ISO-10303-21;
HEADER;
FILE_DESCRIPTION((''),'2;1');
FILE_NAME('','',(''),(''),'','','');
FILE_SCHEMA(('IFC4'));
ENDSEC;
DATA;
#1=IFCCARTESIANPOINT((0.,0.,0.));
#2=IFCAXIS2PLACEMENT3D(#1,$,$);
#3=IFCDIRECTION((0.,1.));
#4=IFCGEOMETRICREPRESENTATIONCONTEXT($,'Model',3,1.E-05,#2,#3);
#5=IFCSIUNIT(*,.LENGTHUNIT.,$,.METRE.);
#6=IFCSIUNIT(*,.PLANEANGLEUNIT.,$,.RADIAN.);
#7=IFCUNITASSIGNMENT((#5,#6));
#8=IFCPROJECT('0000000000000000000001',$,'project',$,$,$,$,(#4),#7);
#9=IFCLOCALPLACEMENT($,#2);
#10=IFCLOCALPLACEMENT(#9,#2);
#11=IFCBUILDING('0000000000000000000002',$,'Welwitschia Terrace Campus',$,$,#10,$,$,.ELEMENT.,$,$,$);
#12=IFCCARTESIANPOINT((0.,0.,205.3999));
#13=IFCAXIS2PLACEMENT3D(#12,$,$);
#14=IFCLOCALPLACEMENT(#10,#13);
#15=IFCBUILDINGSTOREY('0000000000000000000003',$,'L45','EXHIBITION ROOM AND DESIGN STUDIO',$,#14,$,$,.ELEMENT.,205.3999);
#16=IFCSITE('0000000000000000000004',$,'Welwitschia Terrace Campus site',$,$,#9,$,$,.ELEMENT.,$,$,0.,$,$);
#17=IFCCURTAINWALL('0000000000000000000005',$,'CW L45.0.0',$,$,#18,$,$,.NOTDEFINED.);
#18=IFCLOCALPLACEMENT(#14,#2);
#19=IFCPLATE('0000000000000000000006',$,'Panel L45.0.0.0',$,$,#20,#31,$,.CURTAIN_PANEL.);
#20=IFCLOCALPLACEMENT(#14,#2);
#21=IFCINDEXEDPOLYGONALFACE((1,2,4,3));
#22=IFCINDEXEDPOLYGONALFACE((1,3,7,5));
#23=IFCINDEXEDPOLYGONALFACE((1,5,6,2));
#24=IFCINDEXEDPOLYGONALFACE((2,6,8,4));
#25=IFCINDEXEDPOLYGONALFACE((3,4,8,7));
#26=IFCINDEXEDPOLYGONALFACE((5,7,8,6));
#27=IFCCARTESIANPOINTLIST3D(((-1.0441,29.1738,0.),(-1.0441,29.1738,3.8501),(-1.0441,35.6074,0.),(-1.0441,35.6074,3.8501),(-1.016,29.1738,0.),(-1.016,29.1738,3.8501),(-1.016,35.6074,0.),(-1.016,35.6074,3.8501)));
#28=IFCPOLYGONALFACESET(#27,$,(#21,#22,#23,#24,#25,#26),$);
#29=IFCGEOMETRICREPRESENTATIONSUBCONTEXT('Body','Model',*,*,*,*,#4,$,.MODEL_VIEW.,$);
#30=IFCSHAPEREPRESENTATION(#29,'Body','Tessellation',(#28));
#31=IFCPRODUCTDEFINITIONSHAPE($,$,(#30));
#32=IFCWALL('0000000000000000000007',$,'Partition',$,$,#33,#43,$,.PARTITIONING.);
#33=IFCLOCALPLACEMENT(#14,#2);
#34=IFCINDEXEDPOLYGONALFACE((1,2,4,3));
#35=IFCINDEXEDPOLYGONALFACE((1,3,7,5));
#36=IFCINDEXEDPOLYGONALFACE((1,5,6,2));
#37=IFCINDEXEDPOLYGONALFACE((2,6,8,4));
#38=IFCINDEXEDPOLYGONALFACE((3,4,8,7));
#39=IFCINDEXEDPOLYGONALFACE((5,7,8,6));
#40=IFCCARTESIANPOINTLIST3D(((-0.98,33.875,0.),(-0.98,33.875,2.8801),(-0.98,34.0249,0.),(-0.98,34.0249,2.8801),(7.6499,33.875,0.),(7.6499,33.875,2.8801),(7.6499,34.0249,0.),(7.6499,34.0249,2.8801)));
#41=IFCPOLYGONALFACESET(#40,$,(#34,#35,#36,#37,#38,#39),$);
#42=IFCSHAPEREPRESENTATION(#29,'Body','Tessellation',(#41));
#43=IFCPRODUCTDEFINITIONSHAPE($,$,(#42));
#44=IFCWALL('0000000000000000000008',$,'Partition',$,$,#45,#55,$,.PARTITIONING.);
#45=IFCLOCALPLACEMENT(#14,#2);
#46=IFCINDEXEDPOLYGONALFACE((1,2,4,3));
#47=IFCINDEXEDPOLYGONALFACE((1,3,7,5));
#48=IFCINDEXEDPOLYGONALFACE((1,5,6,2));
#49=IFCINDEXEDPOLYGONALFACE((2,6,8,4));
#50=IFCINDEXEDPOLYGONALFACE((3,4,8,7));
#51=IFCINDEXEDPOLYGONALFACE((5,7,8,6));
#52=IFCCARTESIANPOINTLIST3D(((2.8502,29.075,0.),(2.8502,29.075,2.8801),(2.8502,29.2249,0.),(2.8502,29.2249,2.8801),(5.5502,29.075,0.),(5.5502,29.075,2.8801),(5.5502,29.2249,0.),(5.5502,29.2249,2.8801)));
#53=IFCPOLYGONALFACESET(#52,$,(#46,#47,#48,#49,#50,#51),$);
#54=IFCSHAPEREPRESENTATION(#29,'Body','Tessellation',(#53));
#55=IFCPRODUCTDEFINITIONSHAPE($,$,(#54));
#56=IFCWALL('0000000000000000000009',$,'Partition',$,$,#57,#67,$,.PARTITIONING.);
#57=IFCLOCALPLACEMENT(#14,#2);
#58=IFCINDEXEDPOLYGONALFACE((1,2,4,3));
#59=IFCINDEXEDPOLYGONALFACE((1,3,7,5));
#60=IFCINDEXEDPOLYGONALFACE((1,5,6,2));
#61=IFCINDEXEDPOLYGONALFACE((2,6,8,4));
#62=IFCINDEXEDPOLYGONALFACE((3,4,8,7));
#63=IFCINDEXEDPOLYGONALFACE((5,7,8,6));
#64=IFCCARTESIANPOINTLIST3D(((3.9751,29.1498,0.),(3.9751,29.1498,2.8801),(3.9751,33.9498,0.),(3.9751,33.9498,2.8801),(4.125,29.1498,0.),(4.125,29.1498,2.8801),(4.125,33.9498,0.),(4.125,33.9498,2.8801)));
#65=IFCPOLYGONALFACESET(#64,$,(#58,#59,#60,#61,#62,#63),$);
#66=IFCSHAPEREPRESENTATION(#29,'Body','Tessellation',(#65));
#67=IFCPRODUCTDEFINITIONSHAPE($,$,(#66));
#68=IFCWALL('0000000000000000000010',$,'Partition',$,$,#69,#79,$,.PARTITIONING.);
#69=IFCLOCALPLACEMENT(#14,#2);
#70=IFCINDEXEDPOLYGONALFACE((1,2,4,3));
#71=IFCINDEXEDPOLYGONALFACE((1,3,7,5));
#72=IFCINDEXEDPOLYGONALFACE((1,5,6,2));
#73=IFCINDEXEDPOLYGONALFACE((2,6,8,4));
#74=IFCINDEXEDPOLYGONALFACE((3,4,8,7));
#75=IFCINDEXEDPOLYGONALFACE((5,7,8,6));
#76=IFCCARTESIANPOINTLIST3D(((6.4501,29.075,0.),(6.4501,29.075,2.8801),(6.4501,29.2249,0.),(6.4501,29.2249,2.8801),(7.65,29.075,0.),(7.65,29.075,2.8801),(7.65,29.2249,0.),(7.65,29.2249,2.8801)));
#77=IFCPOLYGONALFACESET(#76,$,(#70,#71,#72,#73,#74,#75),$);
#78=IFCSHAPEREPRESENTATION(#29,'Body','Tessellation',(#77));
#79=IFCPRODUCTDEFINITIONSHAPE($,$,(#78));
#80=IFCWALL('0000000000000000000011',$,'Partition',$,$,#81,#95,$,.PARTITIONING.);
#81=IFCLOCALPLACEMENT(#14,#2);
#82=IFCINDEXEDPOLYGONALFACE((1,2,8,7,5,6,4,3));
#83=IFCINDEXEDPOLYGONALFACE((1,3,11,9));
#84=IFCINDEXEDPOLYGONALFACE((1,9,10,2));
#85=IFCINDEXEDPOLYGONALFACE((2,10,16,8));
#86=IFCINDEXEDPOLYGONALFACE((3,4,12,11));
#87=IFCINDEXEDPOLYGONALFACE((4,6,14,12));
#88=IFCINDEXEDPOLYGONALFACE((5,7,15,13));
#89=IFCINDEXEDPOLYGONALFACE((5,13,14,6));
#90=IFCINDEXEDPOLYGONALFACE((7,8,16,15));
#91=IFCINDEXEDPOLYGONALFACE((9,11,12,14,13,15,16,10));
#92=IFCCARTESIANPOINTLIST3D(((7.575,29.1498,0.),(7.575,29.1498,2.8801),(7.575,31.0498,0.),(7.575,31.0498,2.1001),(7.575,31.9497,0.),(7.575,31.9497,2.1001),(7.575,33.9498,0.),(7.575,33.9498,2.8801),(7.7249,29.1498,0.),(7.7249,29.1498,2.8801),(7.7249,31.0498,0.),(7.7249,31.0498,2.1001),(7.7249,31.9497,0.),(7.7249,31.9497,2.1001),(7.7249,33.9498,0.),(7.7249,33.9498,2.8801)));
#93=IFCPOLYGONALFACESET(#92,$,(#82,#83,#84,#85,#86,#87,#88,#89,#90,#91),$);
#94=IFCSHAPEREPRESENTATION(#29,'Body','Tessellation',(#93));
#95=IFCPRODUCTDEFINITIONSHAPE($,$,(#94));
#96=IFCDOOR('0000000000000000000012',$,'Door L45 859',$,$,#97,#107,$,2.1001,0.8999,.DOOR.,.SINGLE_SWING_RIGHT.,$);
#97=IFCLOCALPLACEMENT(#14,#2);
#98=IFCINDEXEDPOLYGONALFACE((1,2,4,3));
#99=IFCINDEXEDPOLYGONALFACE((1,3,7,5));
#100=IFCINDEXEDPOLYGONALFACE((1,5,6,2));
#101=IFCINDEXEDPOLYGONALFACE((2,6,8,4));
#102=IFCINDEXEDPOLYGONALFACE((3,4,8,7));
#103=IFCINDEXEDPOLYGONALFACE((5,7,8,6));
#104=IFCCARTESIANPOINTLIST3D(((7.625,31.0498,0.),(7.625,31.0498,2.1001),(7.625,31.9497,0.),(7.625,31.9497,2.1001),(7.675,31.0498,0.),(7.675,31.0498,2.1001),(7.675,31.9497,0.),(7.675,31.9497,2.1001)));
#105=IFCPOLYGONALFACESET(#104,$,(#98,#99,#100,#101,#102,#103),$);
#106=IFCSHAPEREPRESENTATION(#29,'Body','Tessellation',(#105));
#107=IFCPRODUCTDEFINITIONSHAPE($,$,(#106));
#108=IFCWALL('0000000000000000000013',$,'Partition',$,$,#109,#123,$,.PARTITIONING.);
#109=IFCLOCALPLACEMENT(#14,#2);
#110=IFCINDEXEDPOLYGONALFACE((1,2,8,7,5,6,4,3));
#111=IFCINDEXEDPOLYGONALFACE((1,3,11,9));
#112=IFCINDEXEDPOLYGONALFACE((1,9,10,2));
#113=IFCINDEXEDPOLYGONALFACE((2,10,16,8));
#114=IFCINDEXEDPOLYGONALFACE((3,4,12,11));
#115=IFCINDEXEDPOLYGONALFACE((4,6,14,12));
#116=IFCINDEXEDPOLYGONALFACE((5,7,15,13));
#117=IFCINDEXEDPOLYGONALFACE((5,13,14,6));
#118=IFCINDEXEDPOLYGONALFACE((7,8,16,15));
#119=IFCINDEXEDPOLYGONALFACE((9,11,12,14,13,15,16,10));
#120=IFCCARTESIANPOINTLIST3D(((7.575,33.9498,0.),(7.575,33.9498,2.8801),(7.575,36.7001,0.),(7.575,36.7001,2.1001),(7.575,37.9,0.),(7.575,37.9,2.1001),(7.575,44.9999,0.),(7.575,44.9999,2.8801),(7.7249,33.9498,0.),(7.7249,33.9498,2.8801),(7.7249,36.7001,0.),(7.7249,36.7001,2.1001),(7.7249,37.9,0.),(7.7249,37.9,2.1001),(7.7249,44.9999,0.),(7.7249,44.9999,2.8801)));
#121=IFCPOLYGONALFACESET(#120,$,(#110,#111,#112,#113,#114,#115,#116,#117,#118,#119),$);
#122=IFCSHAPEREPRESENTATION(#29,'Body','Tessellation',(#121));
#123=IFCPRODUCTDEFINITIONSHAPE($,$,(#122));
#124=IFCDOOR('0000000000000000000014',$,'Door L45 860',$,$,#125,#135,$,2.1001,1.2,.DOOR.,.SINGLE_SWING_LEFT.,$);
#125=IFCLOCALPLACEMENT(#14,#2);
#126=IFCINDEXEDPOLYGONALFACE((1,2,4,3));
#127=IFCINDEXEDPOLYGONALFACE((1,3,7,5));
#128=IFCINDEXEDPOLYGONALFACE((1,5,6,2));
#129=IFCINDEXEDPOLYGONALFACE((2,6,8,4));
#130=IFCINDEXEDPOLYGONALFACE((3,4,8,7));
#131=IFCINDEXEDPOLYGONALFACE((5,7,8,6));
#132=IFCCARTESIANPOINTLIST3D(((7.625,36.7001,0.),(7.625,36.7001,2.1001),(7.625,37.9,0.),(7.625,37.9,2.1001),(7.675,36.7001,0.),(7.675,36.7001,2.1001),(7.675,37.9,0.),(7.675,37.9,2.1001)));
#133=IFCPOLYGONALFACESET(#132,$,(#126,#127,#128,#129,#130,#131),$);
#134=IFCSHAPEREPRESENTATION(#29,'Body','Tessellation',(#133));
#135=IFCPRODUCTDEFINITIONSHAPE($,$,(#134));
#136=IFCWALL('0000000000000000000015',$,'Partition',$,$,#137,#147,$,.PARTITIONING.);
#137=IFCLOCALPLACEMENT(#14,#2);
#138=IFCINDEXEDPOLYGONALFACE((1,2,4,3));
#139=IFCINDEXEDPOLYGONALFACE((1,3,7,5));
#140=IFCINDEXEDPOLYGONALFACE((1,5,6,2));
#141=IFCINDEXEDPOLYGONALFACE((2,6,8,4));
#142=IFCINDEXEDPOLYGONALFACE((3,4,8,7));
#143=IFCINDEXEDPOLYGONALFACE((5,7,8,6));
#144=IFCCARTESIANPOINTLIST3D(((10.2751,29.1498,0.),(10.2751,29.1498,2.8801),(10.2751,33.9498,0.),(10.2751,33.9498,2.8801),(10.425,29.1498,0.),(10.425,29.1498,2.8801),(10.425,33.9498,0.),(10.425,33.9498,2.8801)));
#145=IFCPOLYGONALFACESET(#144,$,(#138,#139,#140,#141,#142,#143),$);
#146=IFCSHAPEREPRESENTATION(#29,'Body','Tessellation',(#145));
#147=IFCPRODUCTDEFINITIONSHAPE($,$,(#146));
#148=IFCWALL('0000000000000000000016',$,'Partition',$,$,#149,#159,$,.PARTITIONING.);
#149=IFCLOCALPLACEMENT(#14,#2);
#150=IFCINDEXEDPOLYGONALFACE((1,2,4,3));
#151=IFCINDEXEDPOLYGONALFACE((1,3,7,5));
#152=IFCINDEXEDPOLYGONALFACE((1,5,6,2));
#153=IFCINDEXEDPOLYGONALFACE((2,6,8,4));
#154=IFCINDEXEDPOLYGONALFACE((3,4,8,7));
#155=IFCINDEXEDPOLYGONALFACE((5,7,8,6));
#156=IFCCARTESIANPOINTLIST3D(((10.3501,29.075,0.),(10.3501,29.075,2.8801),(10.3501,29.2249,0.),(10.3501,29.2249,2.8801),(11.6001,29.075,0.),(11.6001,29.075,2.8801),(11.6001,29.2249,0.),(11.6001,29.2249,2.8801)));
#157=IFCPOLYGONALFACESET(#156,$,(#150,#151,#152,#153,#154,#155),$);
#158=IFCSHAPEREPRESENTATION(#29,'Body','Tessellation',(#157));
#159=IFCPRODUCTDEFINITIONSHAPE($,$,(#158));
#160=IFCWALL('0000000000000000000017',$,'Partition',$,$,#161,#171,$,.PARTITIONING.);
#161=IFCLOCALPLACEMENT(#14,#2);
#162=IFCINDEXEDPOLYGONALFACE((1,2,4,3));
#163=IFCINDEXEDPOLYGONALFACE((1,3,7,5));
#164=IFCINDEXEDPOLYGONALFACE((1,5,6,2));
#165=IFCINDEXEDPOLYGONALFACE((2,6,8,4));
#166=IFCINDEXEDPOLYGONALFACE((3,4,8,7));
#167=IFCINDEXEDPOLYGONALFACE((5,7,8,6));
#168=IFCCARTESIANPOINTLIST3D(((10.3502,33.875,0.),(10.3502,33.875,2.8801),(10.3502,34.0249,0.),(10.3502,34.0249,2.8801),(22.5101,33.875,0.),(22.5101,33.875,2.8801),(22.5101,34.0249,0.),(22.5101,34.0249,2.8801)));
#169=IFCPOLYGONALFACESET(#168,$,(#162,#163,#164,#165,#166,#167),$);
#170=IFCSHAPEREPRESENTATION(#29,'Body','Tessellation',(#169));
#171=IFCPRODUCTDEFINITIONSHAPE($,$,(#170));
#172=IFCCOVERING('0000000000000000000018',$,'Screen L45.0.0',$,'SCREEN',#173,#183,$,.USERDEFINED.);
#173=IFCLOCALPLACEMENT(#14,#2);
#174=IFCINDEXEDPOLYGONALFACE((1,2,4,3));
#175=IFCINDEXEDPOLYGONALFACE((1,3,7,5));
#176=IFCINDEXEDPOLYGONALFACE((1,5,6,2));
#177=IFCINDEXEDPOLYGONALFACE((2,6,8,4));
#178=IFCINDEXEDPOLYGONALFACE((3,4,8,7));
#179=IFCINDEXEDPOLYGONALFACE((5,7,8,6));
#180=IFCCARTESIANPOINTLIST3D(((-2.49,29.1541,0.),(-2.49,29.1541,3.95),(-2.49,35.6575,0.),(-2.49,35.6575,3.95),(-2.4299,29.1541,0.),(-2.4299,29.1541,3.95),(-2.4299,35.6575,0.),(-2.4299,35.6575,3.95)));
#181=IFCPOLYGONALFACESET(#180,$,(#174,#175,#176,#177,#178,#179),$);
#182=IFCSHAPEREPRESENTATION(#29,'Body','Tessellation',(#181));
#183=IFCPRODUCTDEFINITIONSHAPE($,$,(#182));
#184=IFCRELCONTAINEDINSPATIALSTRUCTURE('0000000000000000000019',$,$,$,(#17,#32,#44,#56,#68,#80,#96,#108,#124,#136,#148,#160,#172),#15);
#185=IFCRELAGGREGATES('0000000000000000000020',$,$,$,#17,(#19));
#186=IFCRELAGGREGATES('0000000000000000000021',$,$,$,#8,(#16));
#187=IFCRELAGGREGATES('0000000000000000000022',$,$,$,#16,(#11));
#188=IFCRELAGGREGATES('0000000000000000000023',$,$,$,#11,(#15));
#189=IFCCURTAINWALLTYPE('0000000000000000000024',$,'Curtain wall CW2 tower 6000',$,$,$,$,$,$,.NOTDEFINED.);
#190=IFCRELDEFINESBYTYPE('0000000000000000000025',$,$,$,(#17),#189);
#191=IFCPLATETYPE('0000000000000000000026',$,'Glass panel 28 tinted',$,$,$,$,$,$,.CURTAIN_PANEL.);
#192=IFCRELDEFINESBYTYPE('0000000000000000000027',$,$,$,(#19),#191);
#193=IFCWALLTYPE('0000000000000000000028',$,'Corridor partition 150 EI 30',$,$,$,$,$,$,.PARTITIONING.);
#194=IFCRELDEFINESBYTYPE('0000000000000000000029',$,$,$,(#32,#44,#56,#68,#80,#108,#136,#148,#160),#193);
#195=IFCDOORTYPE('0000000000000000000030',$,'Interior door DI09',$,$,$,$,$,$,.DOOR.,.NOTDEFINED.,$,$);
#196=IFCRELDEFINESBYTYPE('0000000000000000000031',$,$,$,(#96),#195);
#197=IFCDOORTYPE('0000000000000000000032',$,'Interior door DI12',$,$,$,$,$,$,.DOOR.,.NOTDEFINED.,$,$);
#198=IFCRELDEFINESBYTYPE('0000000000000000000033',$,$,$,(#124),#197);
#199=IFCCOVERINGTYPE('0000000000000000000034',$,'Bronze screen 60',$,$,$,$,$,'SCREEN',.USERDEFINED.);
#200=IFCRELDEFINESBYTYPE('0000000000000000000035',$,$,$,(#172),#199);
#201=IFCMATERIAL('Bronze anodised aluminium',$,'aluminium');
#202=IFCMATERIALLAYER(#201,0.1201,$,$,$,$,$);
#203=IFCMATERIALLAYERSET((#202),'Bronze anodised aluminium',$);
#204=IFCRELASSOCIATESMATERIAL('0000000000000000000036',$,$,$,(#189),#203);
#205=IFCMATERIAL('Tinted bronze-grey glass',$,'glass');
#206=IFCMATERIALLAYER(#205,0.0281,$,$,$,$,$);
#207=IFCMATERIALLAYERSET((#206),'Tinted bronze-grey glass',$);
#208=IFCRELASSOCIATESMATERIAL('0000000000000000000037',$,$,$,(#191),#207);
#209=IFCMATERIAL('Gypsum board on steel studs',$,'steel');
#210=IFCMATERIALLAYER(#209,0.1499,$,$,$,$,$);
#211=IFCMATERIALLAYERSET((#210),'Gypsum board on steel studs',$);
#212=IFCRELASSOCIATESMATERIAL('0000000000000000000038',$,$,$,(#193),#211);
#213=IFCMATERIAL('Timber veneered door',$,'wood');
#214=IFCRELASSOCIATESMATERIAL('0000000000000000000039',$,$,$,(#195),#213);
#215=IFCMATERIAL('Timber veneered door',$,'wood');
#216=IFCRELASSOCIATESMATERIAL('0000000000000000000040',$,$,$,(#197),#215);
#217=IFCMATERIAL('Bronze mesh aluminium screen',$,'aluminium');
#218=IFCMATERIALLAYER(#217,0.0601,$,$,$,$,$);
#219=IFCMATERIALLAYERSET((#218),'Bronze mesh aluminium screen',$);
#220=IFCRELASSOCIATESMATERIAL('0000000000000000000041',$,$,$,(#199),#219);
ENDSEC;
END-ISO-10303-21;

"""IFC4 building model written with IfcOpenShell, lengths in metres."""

from ifc_helpers import new_model, si_unit, direction, frame, frame_2d, origin, origin_2d, place, context, subcontext, project, spatial, rectangle, extrude, material, layer, layer_set, type_object, element, fill, aggregate, save


model = new_model("IFC4")

# Units and contexts
model_context = context("Model", 3, precision=1e-05, world=origin(), true_north=direction((0.0, 1.0)))
body_context = subcontext(model_context, "Body", "Model", "MODEL_VIEW")
ifc_project = project(units=[si_unit("LENGTHUNIT", "METRE"), si_unit("PLANEANGLEUNIT", "RADIAN")], contexts=[model_context])

# Site, building, storey
site_placement = place(None, origin())
site = spatial("IfcSite", under=ifc_project, at=site_placement, Name="Welwitschia Terrace Campus site", CompositionType="ELEMENT", RefElevation=0.0)
building_placement = place(site_placement, origin())
building = spatial("IfcBuilding", under=site, at=building_placement, Name="Welwitschia Terrace Campus", CompositionType="ELEMENT")
storey_placement = place(building_placement, frame((0.0, 0.0, 205.3999)))
storey = spatial("IfcBuildingStorey", under=building, at=storey_placement, Name="L45", Description="EXHIBITION ROOM AND DESIGN STUDIO", CompositionType="ELEMENT", Elevation=205.3999)

# Curtain wall
ifc_material_1 = material(Name="Bronze anodised aluminium", Category="aluminium")
ifc_layer_1 = layer(ifc_material_1, 0.1201)
ifc_layer_set_1 = layer_set([ifc_layer_1], Name="Bronze anodised aluminium")
curtain_wall_type = type_object("IfcCurtainWallType", Name="Curtain wall CW2 tower 6000", PredefinedType="NOTDEFINED", material=ifc_layer_set_1)
curtain_wall_1_placement = place(storey_placement, origin())
curtain_wall_1 = element("IfcCurtainWall", 1, at=curtain_wall_1_placement, inside=storey, type_object=curtain_wall_type, Name="CW L45.0.0", PredefinedType="NOTDEFINED")

# Plate
ifc_material_2 = material(Name="Tinted bronze-grey glass", Category="glass")
ifc_layer_2 = layer(ifc_material_2, 0.0281)
ifc_layer_set_2 = layer_set([ifc_layer_2], Name="Tinted bronze-grey glass")
plate_type = type_object("IfcPlateType", Name="Glass panel 28 tinted", PredefinedType="CURTAIN_PANEL", material=ifc_layer_set_2)
plate_placement = place(storey_placement, frame((-1.03, 32.3906, 0.0), z_axis=(0.0, 0.0, 1.0), x_axis=(0.0, -1.0, 0.0)))
plate = element("IfcPlate", 2, at=plate_placement, type_object=plate_type, Name="Panel L45.0.0.0", PredefinedType="CURTAIN_PANEL", context=body_context, shape_type="SweptSolid", body=[
    extrude(rectangle(XDim=6.4336, YDim=0.0281, at=origin_2d()), origin(), (0.0, 0.0, 1.0), 3.8501),
])
aggregate(curtain_wall_1, [plate])

# Walls
ifc_material_3 = material(Name="Gypsum board on steel studs", Category="steel")
ifc_layer_3 = layer(ifc_material_3, 0.1499)
ifc_layer_set_3 = layer_set([ifc_layer_3], Name="Gypsum board on steel studs")
wall_type = type_object("IfcWallType", Name="Corridor partition 150 EI 30", PredefinedType="PARTITIONING", material=ifc_layer_set_3)
wall_1_placement = place(storey_placement, frame((-0.98, 33.95, 0.0), z_axis=(0.0, 0.0, 1.0), x_axis=(1.0, 0.0, 0.0)))
element("IfcWall", 3, at=wall_1_placement, inside=storey, type_object=wall_type, Name="Partition", PredefinedType="PARTITIONING", context=body_context, shape_type="SweptSolid", body=[
    extrude(rectangle(XDim=8.6299, YDim=0.1499, at=frame_2d((4.3149, 0.0))), origin(), (0.0, 0.0, 1.0), 2.8801),
])
wall_2_placement = place(storey_placement, frame((2.8501, 29.1499, 0.0), z_axis=(0.0, 0.0, 1.0), x_axis=(1.0, 0.0, 0.0)))
element("IfcWall", 4, at=wall_2_placement, inside=storey, type_object=wall_type, Name="Partition", PredefinedType="PARTITIONING", context=body_context, shape_type="SweptSolid", body=[
    extrude(rectangle(XDim=2.7, YDim=0.1499, at=frame_2d((1.3501, 0.0))), origin(), (0.0, 0.0, 1.0), 2.8801),
])
wall_3_placement = place(storey_placement, frame((4.05, 29.1499, 0.0), z_axis=(0.0, 0.0, 1.0), x_axis=(0.0, 1.0, 0.0)))
element("IfcWall", 5, at=wall_3_placement, inside=storey, type_object=wall_type, Name="Partition", PredefinedType="PARTITIONING", context=body_context, shape_type="SweptSolid", body=[
    extrude(rectangle(XDim=4.8, YDim=0.1499, at=frame_2d((2.3999, 0.0))), origin(), (0.0, 0.0, 1.0), 2.8801),
])
wall_4_placement = place(storey_placement, frame((6.45, 29.1499, 0.0), z_axis=(0.0, 0.0, 1.0), x_axis=(1.0, 0.0, 0.0)))
element("IfcWall", 6, at=wall_4_placement, inside=storey, type_object=wall_type, Name="Partition", PredefinedType="PARTITIONING", context=body_context, shape_type="SweptSolid", body=[
    extrude(rectangle(XDim=1.2, YDim=0.1499, at=frame_2d((0.6001, 0.0))), origin(), (0.0, 0.0, 1.0), 2.8801),
])

# Walls, openings, doors
wall_5_placement = place(storey_placement, frame((7.6499, 29.1499, 0.0), z_axis=(0.0, 0.0, 1.0), x_axis=(0.0, 1.0, 0.0)))
wall_5 = element("IfcWall", 7, at=wall_5_placement, inside=storey, type_object=wall_type, Name="Partition", PredefinedType="PARTITIONING", context=body_context, shape_type="SweptSolid", body=[
    extrude(rectangle(XDim=4.8, YDim=0.1499, at=frame_2d((2.3999, 0.0))), origin(), (0.0, 0.0, 1.0), 2.8801),
])
opening_1_placement = place(wall_5_placement, frame((1.8999, 0.0, 0.0)))
opening_1 = element("IfcOpeningElement", 8, at=opening_1_placement, cuts=wall_5, PredefinedType="OPENING", context=body_context, shape_type="SweptSolid", body=[
    extrude(rectangle(XDim=0.8999, YDim=2.1001, at=frame_2d((0.45, 1.05))), frame((0.0, 0.085, 0.0), z_axis=(0.0, -1.0, 0.0), x_axis=(1.0, 0.0, 0.0)), (0.0, 0.0, 1.0), 0.1699),
])
ifc_material_4 = material(Name="Timber veneered door", Category="wood")
door_type_1 = type_object("IfcDoorType", Name="Interior door DI09", OperationType="NOTDEFINED", PredefinedType="DOOR", material=ifc_material_4)
door_1_placement = place(opening_1_placement, origin())
door_1 = element("IfcDoor", 9, at=door_1_placement, inside=storey, type_object=door_type_1, Name="Door L45 859", OperationType="SINGLE_SWING_RIGHT", OverallHeight=2.1001, OverallWidth=0.8999, PredefinedType="DOOR", context=body_context, shape_type="SweptSolid", body=[
    extrude(rectangle(XDim=0.8999, YDim=2.1001, at=frame_2d((0.45, 1.05))), frame((0.0, 0.0249, 0.0), z_axis=(0.0, -1.0, 0.0), x_axis=(1.0, 0.0, 0.0)), (0.0, 0.0, 1.0), 0.05),
])
fill(opening_1, door_1)
wall_6_placement = place(storey_placement, frame((7.6499, 33.95, 0.0), z_axis=(0.0, 0.0, 1.0), x_axis=(0.0, 1.0, 0.0)))
wall_6 = element("IfcWall", 10, at=wall_6_placement, inside=storey, type_object=wall_type, Name="Partition", PredefinedType="PARTITIONING", context=body_context, shape_type="SweptSolid", body=[
    extrude(rectangle(XDim=11.05, YDim=0.1499, at=frame_2d((5.5249, 0.0))), origin(), (0.0, 0.0, 1.0), 2.8801),
])
opening_2_placement = place(wall_6_placement, frame((2.75, 0.0, 0.0)))
opening_2 = element("IfcOpeningElement", 11, at=opening_2_placement, cuts=wall_6, PredefinedType="OPENING", context=body_context, shape_type="SweptSolid", body=[
    extrude(rectangle(XDim=1.2, YDim=2.1001, at=frame_2d((0.6001, 1.05))), frame((0.0, 0.085, 0.0), z_axis=(0.0, -1.0, 0.0), x_axis=(1.0, 0.0, 0.0)), (0.0, 0.0, 1.0), 0.1699),
])
ifc_material_5 = material(Name="Timber veneered door", Category="wood")
door_type_2 = type_object("IfcDoorType", Name="Interior door DI12", OperationType="NOTDEFINED", PredefinedType="DOOR", material=ifc_material_5)
door_2_placement = place(opening_2_placement, origin())
door_2 = element("IfcDoor", 12, at=door_2_placement, inside=storey, type_object=door_type_2, Name="Door L45 860", OperationType="SINGLE_SWING_LEFT", OverallHeight=2.1001, OverallWidth=1.2, PredefinedType="DOOR", context=body_context, shape_type="SweptSolid", body=[
    extrude(rectangle(XDim=1.2, YDim=2.1001, at=frame_2d((0.6001, 1.05))), frame((0.0, 0.0249, 0.0), z_axis=(0.0, -1.0, 0.0), x_axis=(1.0, 0.0, 0.0)), (0.0, 0.0, 1.0), 0.05),
])
fill(opening_2, door_2)

# Walls
wall_7_placement = place(storey_placement, frame((10.3501, 29.1499, 0.0), z_axis=(0.0, 0.0, 1.0), x_axis=(0.0, 1.0, 0.0)))
element("IfcWall", 13, at=wall_7_placement, inside=storey, type_object=wall_type, Name="Partition", PredefinedType="PARTITIONING", context=body_context, shape_type="SweptSolid", body=[
    extrude(rectangle(XDim=4.8, YDim=0.1499, at=frame_2d((2.3999, 0.0))), origin(), (0.0, 0.0, 1.0), 2.8801),
])
wall_8_placement = place(storey_placement, frame((10.3501, 29.1499, 0.0), z_axis=(0.0, 0.0, 1.0), x_axis=(1.0, 0.0, 0.0)))
element("IfcWall", 14, at=wall_8_placement, inside=storey, type_object=wall_type, Name="Partition", PredefinedType="PARTITIONING", context=body_context, shape_type="SweptSolid", body=[
    extrude(rectangle(XDim=1.25, YDim=0.1499, at=frame_2d((0.625, 0.0))), origin(), (0.0, 0.0, 1.0), 2.8801),
])
wall_9_placement = place(storey_placement, frame((10.3501, 33.95, 0.0), z_axis=(0.0, 0.0, 1.0), x_axis=(1.0, 0.0, 0.0)))
element("IfcWall", 15, at=wall_9_placement, inside=storey, type_object=wall_type, Name="Partition", PredefinedType="PARTITIONING", context=body_context, shape_type="SweptSolid", body=[
    extrude(rectangle(XDim=12.1599, YDim=0.1499, at=frame_2d((6.0801, 0.0))), origin(), (0.0, 0.0, 1.0), 2.8801),
])

# Covering
ifc_material_6 = material(Name="Bronze mesh aluminium screen", Category="aluminium")
ifc_layer_4 = layer(ifc_material_6, 0.0601)
ifc_layer_set_4 = layer_set([ifc_layer_4], Name="Bronze mesh aluminium screen")
covering_type = type_object("IfcCoveringType", Name="Bronze screen 60", ElementType="SCREEN", PredefinedType="USERDEFINED", material=ifc_layer_set_4)
covering_placement = place(storey_placement, frame((-2.46, 32.4058, 0.0), z_axis=(0.0, 0.0, 1.0), x_axis=(0.0, -1.0, 0.0)))
element("IfcCovering", 16, at=covering_placement, inside=storey, type_object=covering_type, Name="Screen L45.0.0", ObjectType="SCREEN", PredefinedType="USERDEFINED", context=body_context, shape_type="SweptSolid", body=[
    extrude(rectangle(XDim=6.5034, YDim=0.0601, at=origin_2d()), origin(), (0.0, 0.0, 1.0), 3.95),
])

save(model, "model.ifc")
